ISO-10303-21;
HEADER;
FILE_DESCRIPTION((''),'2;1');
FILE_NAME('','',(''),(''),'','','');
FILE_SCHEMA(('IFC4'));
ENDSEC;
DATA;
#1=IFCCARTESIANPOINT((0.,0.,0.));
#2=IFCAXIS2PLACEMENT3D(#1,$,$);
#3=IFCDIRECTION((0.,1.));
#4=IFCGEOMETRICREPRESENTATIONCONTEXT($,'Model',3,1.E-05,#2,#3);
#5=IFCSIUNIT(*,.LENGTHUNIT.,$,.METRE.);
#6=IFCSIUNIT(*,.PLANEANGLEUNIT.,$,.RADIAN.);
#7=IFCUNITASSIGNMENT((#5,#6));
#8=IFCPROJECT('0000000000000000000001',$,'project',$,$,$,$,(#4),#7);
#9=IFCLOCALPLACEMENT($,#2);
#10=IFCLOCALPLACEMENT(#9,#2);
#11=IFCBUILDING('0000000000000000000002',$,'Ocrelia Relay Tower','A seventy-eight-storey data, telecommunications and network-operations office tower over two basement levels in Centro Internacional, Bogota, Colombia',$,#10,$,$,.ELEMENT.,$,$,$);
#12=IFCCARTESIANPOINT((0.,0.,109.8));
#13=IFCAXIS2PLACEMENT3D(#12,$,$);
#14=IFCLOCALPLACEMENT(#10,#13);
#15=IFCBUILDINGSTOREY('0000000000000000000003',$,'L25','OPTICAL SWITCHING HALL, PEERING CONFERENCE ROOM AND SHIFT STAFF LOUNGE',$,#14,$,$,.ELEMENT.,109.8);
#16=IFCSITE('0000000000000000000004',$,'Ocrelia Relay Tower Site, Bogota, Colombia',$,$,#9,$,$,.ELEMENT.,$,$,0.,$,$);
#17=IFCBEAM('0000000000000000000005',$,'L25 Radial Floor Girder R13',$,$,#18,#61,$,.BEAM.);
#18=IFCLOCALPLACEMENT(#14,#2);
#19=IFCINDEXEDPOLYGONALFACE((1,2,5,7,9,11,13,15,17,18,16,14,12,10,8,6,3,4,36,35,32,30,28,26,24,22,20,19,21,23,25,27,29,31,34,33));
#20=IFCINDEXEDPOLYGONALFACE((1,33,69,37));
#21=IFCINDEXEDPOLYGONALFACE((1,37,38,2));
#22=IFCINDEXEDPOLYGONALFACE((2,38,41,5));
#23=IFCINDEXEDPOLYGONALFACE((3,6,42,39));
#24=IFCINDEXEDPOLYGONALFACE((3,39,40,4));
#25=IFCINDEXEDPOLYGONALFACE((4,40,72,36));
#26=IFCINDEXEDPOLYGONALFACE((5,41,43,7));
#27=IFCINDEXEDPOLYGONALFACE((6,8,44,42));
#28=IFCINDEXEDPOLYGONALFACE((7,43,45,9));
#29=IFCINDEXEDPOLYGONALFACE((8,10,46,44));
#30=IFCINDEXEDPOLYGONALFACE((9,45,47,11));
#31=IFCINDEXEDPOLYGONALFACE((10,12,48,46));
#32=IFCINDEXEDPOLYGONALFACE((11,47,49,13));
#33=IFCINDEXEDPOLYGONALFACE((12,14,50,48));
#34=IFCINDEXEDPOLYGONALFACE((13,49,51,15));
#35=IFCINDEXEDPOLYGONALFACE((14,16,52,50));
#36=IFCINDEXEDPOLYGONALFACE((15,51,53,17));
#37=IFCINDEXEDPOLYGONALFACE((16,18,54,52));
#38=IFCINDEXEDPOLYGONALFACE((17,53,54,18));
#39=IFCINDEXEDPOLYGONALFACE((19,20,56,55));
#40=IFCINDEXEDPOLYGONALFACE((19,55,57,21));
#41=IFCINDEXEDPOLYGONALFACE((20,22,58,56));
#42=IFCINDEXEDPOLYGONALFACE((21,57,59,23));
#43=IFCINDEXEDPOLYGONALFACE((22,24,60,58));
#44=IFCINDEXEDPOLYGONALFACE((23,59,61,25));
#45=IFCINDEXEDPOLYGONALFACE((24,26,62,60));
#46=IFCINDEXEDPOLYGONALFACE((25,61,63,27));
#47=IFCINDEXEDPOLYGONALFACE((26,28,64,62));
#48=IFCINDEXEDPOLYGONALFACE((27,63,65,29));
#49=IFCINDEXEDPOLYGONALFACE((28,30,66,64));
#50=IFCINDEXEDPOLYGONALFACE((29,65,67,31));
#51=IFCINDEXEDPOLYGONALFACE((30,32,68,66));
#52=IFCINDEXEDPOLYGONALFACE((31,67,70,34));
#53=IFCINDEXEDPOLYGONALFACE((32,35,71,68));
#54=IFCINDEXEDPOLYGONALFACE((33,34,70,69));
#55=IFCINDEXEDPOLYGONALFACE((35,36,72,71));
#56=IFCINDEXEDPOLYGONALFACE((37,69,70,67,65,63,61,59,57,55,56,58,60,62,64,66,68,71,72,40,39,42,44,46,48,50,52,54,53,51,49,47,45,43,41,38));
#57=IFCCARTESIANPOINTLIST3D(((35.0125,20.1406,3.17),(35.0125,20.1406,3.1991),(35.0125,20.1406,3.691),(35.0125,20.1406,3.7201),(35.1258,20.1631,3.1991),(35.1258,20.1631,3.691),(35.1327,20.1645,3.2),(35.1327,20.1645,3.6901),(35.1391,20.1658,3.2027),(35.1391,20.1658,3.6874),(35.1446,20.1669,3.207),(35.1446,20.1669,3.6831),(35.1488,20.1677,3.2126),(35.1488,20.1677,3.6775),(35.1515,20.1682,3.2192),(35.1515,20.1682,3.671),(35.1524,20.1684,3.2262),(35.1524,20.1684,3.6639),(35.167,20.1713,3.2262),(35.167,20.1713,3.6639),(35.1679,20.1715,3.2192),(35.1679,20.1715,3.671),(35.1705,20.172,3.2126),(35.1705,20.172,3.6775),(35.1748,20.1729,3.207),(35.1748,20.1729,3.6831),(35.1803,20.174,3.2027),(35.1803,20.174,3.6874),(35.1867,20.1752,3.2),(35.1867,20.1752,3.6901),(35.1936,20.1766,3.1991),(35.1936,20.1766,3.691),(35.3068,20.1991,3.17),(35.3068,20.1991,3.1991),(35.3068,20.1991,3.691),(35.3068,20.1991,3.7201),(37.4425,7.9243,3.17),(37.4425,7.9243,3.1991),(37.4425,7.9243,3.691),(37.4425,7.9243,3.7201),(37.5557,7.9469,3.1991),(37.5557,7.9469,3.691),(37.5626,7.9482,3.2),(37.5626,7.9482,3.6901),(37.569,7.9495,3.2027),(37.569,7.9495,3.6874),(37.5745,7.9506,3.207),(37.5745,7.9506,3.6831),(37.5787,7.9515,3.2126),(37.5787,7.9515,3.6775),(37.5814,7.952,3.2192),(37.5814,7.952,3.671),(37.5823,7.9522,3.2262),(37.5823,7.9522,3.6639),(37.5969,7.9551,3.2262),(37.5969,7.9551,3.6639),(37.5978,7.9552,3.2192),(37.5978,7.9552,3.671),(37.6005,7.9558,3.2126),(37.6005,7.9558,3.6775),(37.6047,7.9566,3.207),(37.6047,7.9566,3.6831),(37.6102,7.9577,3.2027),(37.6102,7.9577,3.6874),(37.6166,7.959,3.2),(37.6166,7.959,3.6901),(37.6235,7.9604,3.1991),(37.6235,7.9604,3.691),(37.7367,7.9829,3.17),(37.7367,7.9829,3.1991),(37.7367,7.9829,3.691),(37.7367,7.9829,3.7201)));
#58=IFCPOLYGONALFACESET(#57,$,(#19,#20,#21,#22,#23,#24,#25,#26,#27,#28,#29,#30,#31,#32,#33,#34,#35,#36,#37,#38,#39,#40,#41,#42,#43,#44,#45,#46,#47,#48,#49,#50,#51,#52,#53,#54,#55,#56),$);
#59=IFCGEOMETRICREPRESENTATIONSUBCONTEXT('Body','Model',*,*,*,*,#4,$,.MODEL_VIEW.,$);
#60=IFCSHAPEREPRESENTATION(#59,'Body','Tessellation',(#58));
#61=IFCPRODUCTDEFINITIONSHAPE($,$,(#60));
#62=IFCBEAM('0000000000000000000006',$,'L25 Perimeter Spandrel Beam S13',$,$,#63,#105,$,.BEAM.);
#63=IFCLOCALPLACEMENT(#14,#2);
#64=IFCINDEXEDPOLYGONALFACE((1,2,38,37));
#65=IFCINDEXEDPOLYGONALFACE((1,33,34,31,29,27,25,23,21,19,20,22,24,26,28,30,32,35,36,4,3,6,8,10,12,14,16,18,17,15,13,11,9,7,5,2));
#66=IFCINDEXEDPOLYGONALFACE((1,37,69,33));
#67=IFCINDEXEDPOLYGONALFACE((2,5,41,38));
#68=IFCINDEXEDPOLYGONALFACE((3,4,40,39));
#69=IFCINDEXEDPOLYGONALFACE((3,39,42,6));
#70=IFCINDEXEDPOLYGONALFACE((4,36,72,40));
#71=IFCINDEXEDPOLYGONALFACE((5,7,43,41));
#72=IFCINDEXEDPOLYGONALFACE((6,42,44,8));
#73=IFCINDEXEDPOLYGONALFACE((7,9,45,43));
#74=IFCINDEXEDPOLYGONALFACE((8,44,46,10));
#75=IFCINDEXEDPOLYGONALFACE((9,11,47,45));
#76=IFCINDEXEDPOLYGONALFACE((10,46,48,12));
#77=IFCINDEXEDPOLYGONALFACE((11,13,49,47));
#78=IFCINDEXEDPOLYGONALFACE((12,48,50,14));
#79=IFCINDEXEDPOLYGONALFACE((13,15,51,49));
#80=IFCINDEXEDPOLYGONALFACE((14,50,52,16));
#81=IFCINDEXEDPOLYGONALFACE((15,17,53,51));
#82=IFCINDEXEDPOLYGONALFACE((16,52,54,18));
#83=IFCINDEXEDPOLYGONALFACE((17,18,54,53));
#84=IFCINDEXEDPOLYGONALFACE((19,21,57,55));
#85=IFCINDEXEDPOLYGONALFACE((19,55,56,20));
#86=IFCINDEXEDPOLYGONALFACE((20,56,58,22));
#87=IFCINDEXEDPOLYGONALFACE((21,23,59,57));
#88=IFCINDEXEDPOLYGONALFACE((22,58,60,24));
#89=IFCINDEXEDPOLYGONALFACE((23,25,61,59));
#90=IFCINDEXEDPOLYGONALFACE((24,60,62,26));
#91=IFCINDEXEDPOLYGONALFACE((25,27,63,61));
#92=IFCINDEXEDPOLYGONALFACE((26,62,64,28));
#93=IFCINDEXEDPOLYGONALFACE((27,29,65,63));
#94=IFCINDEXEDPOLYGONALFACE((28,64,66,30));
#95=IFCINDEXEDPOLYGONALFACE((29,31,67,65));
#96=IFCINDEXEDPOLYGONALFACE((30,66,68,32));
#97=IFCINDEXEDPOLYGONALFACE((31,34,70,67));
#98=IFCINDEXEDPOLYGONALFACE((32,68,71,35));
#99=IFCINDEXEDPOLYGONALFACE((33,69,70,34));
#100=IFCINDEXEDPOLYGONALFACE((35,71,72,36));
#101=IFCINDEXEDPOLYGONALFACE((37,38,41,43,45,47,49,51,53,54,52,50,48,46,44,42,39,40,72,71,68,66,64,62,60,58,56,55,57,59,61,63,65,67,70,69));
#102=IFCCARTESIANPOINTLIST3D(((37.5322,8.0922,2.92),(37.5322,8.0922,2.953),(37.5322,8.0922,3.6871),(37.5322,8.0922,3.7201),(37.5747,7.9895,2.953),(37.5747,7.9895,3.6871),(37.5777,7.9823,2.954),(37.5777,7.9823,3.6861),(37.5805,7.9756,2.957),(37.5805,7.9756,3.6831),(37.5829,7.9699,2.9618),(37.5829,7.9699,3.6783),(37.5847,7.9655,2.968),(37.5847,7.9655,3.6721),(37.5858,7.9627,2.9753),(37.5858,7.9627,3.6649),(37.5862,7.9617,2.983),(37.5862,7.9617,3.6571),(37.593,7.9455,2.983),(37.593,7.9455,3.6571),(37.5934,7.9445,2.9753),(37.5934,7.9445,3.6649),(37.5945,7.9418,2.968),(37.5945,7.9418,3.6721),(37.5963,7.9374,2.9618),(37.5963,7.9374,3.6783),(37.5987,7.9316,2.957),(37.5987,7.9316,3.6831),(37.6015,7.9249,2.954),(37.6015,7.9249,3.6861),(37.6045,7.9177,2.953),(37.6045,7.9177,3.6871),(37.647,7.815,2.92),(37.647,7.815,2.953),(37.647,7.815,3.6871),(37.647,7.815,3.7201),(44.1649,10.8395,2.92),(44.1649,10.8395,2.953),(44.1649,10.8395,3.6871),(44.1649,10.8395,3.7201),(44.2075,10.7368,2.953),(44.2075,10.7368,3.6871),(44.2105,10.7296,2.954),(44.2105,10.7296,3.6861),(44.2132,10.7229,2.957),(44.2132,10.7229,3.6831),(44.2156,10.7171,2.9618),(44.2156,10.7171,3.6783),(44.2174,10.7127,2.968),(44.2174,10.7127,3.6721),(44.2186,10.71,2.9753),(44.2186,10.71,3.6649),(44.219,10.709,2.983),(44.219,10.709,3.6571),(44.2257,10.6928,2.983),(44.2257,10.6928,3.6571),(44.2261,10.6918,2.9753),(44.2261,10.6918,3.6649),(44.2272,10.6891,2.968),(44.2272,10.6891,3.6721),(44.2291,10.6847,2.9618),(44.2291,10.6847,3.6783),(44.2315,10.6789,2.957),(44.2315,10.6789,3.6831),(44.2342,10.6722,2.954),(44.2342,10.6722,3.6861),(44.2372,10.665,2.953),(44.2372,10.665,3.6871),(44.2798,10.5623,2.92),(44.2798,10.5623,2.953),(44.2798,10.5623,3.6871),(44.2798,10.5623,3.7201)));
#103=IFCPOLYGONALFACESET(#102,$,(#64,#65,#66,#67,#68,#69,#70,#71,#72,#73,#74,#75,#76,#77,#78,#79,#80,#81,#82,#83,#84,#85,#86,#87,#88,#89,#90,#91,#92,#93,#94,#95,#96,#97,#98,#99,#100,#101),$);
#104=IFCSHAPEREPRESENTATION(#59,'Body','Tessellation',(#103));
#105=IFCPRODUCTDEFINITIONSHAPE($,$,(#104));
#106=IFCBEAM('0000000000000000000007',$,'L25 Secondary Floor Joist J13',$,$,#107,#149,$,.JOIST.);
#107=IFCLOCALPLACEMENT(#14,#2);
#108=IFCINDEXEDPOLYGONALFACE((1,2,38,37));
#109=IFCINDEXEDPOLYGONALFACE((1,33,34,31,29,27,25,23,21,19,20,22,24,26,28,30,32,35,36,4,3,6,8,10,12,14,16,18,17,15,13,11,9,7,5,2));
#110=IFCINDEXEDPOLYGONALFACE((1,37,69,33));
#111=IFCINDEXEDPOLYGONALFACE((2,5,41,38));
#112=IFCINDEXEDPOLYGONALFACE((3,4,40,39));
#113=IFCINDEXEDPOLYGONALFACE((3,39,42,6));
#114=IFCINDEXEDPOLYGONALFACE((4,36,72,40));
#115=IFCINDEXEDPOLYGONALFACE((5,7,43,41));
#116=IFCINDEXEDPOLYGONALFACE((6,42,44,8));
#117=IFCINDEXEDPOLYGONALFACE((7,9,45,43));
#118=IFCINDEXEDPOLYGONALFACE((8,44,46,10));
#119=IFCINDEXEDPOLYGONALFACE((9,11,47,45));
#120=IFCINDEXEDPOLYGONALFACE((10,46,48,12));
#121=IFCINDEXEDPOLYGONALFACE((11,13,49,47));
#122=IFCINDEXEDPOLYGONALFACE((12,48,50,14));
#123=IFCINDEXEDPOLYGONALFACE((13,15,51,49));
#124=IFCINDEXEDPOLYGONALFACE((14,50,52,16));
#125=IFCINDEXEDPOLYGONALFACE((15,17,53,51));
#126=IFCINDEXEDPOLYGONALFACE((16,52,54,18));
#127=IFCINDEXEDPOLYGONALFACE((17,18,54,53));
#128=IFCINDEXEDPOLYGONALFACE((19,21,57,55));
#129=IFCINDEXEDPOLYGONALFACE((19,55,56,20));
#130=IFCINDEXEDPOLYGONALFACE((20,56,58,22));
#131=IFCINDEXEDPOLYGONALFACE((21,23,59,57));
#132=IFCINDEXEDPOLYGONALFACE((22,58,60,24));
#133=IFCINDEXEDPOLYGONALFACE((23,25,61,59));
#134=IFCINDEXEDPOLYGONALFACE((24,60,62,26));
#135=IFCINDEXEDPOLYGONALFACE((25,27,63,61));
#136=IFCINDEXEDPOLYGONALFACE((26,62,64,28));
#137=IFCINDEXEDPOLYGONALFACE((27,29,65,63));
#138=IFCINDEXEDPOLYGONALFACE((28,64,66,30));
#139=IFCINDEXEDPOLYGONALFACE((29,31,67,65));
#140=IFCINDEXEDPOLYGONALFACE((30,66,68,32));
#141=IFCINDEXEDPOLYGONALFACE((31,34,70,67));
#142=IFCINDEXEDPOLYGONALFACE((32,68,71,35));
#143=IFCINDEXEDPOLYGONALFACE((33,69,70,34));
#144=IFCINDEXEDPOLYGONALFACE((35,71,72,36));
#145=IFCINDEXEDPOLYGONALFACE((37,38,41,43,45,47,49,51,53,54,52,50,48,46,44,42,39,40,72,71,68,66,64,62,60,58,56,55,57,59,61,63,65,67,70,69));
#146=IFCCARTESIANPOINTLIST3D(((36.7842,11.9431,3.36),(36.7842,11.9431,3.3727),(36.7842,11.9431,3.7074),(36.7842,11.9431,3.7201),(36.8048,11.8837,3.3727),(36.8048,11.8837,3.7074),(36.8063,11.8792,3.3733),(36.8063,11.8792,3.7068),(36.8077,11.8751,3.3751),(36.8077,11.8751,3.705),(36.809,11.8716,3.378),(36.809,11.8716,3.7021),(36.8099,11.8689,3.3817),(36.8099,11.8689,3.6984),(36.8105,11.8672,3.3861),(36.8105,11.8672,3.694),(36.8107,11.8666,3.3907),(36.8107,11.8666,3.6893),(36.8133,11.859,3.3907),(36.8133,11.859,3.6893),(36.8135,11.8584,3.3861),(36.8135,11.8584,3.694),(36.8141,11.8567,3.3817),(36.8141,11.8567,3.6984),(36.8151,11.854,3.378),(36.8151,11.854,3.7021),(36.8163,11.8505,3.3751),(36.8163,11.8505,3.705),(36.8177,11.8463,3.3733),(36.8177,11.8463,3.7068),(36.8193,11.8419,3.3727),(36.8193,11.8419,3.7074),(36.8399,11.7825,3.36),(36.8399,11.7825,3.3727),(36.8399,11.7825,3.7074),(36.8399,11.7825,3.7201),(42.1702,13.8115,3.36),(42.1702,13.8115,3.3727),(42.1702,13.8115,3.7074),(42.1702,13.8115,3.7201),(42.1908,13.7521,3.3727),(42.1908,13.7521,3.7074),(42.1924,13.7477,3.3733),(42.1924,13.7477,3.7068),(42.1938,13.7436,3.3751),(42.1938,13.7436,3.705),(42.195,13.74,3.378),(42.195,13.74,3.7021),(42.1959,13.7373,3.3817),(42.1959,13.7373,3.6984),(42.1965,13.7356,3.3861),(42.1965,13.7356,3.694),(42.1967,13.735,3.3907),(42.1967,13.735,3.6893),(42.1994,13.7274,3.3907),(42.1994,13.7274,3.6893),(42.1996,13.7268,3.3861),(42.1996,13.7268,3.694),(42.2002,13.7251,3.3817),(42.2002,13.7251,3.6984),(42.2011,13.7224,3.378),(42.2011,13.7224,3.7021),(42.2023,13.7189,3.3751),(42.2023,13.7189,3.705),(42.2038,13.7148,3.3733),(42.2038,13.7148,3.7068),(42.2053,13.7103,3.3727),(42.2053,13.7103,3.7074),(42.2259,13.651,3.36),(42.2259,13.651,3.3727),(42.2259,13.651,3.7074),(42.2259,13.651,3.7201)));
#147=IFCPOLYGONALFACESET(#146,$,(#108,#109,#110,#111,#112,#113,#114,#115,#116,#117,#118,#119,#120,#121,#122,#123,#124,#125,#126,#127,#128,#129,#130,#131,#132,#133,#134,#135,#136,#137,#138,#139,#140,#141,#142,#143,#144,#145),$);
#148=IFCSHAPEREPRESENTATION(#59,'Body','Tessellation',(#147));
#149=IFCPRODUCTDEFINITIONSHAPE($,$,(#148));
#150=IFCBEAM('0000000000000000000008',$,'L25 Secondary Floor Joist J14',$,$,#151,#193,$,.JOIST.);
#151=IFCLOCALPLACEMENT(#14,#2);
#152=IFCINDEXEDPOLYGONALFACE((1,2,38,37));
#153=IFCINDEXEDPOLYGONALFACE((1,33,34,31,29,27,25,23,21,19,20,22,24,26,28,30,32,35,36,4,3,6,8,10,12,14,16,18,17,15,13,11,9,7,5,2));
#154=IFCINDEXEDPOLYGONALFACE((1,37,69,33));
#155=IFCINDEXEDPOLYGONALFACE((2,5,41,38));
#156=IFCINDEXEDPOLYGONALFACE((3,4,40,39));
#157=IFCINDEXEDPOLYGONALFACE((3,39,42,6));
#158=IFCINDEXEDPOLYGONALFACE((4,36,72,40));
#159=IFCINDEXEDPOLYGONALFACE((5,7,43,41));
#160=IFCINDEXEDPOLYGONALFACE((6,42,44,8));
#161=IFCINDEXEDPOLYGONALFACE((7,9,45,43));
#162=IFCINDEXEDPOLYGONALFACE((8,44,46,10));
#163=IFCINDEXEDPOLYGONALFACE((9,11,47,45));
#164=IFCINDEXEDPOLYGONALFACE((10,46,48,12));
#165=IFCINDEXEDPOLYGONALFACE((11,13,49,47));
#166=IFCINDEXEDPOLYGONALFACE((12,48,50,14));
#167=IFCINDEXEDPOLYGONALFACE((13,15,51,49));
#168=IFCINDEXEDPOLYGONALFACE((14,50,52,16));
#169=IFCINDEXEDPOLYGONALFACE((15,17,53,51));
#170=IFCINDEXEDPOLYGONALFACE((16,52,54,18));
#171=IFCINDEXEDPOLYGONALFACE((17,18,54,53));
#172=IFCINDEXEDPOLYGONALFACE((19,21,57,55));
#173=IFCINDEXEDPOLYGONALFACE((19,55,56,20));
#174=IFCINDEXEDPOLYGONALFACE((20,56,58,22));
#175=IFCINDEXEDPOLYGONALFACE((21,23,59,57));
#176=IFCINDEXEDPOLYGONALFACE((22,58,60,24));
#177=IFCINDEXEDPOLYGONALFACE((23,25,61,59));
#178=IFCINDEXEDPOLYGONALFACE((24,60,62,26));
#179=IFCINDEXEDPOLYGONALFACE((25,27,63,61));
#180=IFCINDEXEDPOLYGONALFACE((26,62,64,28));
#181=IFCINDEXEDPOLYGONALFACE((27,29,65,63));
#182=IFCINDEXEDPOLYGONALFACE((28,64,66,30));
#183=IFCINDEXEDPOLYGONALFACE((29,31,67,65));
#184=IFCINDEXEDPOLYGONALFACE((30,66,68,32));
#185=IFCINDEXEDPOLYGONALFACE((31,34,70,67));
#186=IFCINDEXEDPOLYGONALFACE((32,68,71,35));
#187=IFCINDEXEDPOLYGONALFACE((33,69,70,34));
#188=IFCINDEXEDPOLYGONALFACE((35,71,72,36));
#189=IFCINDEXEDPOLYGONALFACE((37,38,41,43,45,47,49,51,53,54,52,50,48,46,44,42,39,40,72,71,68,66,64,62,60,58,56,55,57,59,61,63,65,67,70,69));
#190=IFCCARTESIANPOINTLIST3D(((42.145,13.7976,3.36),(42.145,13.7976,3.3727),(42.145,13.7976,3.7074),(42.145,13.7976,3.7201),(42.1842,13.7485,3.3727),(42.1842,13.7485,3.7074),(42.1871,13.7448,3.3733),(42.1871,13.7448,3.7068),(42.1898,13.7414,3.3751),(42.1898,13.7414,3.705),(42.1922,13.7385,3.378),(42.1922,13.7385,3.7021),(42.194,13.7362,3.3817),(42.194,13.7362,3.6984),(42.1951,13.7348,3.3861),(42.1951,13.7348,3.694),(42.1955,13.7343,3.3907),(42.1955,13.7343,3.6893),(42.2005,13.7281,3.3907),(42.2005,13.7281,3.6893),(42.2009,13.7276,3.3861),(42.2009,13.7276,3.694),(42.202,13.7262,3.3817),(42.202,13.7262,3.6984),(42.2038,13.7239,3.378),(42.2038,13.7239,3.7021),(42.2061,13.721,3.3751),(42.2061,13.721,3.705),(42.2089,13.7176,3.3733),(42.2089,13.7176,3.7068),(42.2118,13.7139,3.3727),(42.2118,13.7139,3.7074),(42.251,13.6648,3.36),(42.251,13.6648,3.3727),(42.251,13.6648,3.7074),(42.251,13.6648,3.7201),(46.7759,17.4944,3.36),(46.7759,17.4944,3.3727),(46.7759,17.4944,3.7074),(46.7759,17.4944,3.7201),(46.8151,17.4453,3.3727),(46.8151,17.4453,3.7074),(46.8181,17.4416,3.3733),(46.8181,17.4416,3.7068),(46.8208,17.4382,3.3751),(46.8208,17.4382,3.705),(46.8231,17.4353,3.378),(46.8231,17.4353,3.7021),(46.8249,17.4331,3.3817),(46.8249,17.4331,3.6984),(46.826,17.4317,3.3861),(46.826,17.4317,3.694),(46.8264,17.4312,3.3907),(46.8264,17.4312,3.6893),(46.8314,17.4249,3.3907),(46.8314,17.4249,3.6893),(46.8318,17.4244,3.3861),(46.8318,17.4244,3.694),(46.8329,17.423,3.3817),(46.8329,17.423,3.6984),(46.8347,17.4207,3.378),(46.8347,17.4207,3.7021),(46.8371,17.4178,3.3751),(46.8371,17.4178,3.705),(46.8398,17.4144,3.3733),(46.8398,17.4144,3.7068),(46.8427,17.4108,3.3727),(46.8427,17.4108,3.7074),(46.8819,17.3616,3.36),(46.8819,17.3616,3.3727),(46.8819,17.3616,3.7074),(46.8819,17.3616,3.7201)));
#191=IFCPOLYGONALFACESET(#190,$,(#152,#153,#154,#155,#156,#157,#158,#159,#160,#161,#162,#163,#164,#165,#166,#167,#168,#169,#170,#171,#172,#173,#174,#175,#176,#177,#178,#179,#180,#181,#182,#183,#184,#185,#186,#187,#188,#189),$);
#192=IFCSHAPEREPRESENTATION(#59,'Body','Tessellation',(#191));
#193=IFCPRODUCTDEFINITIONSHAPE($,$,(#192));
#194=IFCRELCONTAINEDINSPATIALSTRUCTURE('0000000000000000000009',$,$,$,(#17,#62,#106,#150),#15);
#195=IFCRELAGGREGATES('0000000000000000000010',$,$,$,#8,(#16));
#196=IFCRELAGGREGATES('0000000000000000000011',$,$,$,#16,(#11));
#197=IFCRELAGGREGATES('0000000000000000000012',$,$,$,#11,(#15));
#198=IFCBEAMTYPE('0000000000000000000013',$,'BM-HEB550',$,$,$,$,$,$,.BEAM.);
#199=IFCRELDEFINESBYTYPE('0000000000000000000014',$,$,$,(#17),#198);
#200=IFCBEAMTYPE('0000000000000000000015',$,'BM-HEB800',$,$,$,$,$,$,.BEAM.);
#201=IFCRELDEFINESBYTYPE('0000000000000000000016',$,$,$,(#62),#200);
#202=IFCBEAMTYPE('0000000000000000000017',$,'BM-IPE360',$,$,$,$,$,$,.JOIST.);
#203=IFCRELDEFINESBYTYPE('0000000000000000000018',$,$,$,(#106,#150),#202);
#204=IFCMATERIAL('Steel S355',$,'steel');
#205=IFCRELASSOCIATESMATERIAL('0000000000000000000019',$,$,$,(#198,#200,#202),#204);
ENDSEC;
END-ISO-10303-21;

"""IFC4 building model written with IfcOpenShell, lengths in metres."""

from ifc_helpers import new_model, si_unit, direction, frame, origin, origin_2d, place, context, subcontext, project, spatial, i_section, extrude, material, material_profile, profile_set, type_object, element, save


model = new_model("IFC4")

# Units and contexts
model_context = context("Model", 3, precision=1e-05, world=origin(), true_north=direction((0.0, 1.0)))
body_context = subcontext(model_context, "Body", "Model", "MODEL_VIEW")
ifc_project = project(units=[si_unit("LENGTHUNIT", "METRE"), si_unit("PLANEANGLEUNIT", "RADIAN")], contexts=[model_context])

# Site, building, storey
site_placement = place(None, origin())
site = spatial("IfcSite", under=ifc_project, at=site_placement, Name="Ocrelia Relay Tower Site, Bogota, Colombia", CompositionType="ELEMENT", RefElevation=0.0)
building_placement = place(site_placement, origin())
building = spatial("IfcBuilding", under=site, at=building_placement, Name="Ocrelia Relay Tower", Description="A seventy-eight-storey data, telecommunications and network-operations office tower over two basement levels in Centro Internacional, Bogota, Colombia", CompositionType="ELEMENT")
storey_placement = place(building_placement, frame((0.0, 0.0, 109.8)))
storey = spatial("IfcBuildingStorey", under=building, at=storey_placement, Name="L25", Description="OPTICAL SWITCHING HALL, PEERING CONFERENCE ROOM AND SHIFT STAFF LOUNGE", CompositionType="ELEMENT", Elevation=109.8)

# Beams
ifc_material_1 = material(Name="Steel S355", Category="steel")
ifc_material_profile_1 = material_profile(ifc_material_1, i_section(OverallWidth=0.3, OverallDepth=0.55, WebThickness=0.0149, FlangeThickness=0.0291, FilletRadius=0.0271, at=origin_2d()), Name="HEB 550")
ifc_profile_set_1 = profile_set([ifc_material_profile_1], Name="Steel S355")
beam_type_1 = type_object("IfcBeamType", Name="BM-HEB550", PredefinedType="BEAM", material=ifc_profile_set_1)
beam_1_placement = place(storey_placement, frame((37.5896, 7.9536, 3.4451), z_axis=(-0.195087, 0.980786, 0.0), x_axis=(-0.980786, -0.195087, 0.0)))
element("IfcBeam", 1, at=beam_1_placement, inside=storey, type_object=beam_type_1, Name="L25 Radial Floor Girder R13", PredefinedType="BEAM", context=body_context, shape_type="SweptSolid", body=[
    extrude(i_section(OverallWidth=0.3, OverallDepth=0.55, WebThickness=0.0149, FlangeThickness=0.0291, FilletRadius=0.0271, at=origin_2d()), origin(), (0.0, 0.0, 1.0), 12.4556),
])
ifc_material_profile_2 = material_profile(ifc_material_1, i_section(OverallWidth=0.3, OverallDepth=0.8, WebThickness=0.0176, FlangeThickness=0.033, FilletRadius=0.03, at=origin_2d()), Name="HEB 800")
ifc_profile_set_2 = profile_set([ifc_material_profile_2], Name="Steel S355")
beam_type_2 = type_object("IfcBeamType", Name="BM-HEB800", PredefinedType="BEAM", material=ifc_profile_set_2)
beam_2_placement = place(storey_placement, frame((37.5896, 7.9536, 3.3201), z_axis=(0.923884, 0.382673, 0.0), x_axis=(-0.382673, 0.923884, 0.0)))
element("IfcBeam", 2, at=beam_2_placement, inside=storey, type_object=beam_type_2, Name="L25 Perimeter Spandrel Beam S13", PredefinedType="BEAM", context=body_context, shape_type="SweptSolid", body=[
    extrude(i_section(OverallWidth=0.3, OverallDepth=0.8, WebThickness=0.0176, FlangeThickness=0.033, FilletRadius=0.03, at=origin_2d()), origin(), (0.0, 0.0, 1.0), 7.1792),
])
ifc_material_profile_3 = material_profile(ifc_material_1, i_section(OverallWidth=0.1699, OverallDepth=0.3601, WebThickness=0.0081, FlangeThickness=0.0127, FilletRadius=0.0181, at=origin_2d()), Name="IPE 360")
ifc_profile_set_3 = profile_set([ifc_material_profile_3], Name="Steel S355")
beam_type_3 = type_object("IfcBeamType", Name="BM-IPE360", PredefinedType="JOIST", material=ifc_profile_set_3)
beam_3_placement = place(storey_placement, frame((36.812, 11.8628, 3.54), z_axis=(0.944767, 0.327741, 0.0), x_axis=(-0.327741, 0.944767, 0.0)))
element("IfcBeam", 3, at=beam_3_placement, inside=storey, type_object=beam_type_3, Name="L25 Secondary Floor Joist J13", PredefinedType="JOIST", context=body_context, shape_type="SweptSolid", body=[
    extrude(i_section(OverallWidth=0.1699, OverallDepth=0.3601, WebThickness=0.0081, FlangeThickness=0.0127, FilletRadius=0.0181, at=origin_2d()), origin(), (0.0, 0.0, 1.0), 5.7009),
])
beam_4_placement = place(storey_placement, frame((42.198, 13.7312, 3.54), z_axis=(0.78152, 0.623881, 0.0), x_axis=(-0.623881, 0.78152, 0.0)))
element("IfcBeam", 4, at=beam_4_placement, inside=storey, type_object=beam_type_3, Name="L25 Secondary Floor Joist J14", PredefinedType="JOIST", context=body_context, shape_type="SweptSolid", body=[
    extrude(i_section(OverallWidth=0.1699, OverallDepth=0.3601, WebThickness=0.0081, FlangeThickness=0.0127, FilletRadius=0.0181, at=origin_2d()), origin(), (0.0, 0.0, 1.0), 5.9255),
])

save(model, "model.ifc")
